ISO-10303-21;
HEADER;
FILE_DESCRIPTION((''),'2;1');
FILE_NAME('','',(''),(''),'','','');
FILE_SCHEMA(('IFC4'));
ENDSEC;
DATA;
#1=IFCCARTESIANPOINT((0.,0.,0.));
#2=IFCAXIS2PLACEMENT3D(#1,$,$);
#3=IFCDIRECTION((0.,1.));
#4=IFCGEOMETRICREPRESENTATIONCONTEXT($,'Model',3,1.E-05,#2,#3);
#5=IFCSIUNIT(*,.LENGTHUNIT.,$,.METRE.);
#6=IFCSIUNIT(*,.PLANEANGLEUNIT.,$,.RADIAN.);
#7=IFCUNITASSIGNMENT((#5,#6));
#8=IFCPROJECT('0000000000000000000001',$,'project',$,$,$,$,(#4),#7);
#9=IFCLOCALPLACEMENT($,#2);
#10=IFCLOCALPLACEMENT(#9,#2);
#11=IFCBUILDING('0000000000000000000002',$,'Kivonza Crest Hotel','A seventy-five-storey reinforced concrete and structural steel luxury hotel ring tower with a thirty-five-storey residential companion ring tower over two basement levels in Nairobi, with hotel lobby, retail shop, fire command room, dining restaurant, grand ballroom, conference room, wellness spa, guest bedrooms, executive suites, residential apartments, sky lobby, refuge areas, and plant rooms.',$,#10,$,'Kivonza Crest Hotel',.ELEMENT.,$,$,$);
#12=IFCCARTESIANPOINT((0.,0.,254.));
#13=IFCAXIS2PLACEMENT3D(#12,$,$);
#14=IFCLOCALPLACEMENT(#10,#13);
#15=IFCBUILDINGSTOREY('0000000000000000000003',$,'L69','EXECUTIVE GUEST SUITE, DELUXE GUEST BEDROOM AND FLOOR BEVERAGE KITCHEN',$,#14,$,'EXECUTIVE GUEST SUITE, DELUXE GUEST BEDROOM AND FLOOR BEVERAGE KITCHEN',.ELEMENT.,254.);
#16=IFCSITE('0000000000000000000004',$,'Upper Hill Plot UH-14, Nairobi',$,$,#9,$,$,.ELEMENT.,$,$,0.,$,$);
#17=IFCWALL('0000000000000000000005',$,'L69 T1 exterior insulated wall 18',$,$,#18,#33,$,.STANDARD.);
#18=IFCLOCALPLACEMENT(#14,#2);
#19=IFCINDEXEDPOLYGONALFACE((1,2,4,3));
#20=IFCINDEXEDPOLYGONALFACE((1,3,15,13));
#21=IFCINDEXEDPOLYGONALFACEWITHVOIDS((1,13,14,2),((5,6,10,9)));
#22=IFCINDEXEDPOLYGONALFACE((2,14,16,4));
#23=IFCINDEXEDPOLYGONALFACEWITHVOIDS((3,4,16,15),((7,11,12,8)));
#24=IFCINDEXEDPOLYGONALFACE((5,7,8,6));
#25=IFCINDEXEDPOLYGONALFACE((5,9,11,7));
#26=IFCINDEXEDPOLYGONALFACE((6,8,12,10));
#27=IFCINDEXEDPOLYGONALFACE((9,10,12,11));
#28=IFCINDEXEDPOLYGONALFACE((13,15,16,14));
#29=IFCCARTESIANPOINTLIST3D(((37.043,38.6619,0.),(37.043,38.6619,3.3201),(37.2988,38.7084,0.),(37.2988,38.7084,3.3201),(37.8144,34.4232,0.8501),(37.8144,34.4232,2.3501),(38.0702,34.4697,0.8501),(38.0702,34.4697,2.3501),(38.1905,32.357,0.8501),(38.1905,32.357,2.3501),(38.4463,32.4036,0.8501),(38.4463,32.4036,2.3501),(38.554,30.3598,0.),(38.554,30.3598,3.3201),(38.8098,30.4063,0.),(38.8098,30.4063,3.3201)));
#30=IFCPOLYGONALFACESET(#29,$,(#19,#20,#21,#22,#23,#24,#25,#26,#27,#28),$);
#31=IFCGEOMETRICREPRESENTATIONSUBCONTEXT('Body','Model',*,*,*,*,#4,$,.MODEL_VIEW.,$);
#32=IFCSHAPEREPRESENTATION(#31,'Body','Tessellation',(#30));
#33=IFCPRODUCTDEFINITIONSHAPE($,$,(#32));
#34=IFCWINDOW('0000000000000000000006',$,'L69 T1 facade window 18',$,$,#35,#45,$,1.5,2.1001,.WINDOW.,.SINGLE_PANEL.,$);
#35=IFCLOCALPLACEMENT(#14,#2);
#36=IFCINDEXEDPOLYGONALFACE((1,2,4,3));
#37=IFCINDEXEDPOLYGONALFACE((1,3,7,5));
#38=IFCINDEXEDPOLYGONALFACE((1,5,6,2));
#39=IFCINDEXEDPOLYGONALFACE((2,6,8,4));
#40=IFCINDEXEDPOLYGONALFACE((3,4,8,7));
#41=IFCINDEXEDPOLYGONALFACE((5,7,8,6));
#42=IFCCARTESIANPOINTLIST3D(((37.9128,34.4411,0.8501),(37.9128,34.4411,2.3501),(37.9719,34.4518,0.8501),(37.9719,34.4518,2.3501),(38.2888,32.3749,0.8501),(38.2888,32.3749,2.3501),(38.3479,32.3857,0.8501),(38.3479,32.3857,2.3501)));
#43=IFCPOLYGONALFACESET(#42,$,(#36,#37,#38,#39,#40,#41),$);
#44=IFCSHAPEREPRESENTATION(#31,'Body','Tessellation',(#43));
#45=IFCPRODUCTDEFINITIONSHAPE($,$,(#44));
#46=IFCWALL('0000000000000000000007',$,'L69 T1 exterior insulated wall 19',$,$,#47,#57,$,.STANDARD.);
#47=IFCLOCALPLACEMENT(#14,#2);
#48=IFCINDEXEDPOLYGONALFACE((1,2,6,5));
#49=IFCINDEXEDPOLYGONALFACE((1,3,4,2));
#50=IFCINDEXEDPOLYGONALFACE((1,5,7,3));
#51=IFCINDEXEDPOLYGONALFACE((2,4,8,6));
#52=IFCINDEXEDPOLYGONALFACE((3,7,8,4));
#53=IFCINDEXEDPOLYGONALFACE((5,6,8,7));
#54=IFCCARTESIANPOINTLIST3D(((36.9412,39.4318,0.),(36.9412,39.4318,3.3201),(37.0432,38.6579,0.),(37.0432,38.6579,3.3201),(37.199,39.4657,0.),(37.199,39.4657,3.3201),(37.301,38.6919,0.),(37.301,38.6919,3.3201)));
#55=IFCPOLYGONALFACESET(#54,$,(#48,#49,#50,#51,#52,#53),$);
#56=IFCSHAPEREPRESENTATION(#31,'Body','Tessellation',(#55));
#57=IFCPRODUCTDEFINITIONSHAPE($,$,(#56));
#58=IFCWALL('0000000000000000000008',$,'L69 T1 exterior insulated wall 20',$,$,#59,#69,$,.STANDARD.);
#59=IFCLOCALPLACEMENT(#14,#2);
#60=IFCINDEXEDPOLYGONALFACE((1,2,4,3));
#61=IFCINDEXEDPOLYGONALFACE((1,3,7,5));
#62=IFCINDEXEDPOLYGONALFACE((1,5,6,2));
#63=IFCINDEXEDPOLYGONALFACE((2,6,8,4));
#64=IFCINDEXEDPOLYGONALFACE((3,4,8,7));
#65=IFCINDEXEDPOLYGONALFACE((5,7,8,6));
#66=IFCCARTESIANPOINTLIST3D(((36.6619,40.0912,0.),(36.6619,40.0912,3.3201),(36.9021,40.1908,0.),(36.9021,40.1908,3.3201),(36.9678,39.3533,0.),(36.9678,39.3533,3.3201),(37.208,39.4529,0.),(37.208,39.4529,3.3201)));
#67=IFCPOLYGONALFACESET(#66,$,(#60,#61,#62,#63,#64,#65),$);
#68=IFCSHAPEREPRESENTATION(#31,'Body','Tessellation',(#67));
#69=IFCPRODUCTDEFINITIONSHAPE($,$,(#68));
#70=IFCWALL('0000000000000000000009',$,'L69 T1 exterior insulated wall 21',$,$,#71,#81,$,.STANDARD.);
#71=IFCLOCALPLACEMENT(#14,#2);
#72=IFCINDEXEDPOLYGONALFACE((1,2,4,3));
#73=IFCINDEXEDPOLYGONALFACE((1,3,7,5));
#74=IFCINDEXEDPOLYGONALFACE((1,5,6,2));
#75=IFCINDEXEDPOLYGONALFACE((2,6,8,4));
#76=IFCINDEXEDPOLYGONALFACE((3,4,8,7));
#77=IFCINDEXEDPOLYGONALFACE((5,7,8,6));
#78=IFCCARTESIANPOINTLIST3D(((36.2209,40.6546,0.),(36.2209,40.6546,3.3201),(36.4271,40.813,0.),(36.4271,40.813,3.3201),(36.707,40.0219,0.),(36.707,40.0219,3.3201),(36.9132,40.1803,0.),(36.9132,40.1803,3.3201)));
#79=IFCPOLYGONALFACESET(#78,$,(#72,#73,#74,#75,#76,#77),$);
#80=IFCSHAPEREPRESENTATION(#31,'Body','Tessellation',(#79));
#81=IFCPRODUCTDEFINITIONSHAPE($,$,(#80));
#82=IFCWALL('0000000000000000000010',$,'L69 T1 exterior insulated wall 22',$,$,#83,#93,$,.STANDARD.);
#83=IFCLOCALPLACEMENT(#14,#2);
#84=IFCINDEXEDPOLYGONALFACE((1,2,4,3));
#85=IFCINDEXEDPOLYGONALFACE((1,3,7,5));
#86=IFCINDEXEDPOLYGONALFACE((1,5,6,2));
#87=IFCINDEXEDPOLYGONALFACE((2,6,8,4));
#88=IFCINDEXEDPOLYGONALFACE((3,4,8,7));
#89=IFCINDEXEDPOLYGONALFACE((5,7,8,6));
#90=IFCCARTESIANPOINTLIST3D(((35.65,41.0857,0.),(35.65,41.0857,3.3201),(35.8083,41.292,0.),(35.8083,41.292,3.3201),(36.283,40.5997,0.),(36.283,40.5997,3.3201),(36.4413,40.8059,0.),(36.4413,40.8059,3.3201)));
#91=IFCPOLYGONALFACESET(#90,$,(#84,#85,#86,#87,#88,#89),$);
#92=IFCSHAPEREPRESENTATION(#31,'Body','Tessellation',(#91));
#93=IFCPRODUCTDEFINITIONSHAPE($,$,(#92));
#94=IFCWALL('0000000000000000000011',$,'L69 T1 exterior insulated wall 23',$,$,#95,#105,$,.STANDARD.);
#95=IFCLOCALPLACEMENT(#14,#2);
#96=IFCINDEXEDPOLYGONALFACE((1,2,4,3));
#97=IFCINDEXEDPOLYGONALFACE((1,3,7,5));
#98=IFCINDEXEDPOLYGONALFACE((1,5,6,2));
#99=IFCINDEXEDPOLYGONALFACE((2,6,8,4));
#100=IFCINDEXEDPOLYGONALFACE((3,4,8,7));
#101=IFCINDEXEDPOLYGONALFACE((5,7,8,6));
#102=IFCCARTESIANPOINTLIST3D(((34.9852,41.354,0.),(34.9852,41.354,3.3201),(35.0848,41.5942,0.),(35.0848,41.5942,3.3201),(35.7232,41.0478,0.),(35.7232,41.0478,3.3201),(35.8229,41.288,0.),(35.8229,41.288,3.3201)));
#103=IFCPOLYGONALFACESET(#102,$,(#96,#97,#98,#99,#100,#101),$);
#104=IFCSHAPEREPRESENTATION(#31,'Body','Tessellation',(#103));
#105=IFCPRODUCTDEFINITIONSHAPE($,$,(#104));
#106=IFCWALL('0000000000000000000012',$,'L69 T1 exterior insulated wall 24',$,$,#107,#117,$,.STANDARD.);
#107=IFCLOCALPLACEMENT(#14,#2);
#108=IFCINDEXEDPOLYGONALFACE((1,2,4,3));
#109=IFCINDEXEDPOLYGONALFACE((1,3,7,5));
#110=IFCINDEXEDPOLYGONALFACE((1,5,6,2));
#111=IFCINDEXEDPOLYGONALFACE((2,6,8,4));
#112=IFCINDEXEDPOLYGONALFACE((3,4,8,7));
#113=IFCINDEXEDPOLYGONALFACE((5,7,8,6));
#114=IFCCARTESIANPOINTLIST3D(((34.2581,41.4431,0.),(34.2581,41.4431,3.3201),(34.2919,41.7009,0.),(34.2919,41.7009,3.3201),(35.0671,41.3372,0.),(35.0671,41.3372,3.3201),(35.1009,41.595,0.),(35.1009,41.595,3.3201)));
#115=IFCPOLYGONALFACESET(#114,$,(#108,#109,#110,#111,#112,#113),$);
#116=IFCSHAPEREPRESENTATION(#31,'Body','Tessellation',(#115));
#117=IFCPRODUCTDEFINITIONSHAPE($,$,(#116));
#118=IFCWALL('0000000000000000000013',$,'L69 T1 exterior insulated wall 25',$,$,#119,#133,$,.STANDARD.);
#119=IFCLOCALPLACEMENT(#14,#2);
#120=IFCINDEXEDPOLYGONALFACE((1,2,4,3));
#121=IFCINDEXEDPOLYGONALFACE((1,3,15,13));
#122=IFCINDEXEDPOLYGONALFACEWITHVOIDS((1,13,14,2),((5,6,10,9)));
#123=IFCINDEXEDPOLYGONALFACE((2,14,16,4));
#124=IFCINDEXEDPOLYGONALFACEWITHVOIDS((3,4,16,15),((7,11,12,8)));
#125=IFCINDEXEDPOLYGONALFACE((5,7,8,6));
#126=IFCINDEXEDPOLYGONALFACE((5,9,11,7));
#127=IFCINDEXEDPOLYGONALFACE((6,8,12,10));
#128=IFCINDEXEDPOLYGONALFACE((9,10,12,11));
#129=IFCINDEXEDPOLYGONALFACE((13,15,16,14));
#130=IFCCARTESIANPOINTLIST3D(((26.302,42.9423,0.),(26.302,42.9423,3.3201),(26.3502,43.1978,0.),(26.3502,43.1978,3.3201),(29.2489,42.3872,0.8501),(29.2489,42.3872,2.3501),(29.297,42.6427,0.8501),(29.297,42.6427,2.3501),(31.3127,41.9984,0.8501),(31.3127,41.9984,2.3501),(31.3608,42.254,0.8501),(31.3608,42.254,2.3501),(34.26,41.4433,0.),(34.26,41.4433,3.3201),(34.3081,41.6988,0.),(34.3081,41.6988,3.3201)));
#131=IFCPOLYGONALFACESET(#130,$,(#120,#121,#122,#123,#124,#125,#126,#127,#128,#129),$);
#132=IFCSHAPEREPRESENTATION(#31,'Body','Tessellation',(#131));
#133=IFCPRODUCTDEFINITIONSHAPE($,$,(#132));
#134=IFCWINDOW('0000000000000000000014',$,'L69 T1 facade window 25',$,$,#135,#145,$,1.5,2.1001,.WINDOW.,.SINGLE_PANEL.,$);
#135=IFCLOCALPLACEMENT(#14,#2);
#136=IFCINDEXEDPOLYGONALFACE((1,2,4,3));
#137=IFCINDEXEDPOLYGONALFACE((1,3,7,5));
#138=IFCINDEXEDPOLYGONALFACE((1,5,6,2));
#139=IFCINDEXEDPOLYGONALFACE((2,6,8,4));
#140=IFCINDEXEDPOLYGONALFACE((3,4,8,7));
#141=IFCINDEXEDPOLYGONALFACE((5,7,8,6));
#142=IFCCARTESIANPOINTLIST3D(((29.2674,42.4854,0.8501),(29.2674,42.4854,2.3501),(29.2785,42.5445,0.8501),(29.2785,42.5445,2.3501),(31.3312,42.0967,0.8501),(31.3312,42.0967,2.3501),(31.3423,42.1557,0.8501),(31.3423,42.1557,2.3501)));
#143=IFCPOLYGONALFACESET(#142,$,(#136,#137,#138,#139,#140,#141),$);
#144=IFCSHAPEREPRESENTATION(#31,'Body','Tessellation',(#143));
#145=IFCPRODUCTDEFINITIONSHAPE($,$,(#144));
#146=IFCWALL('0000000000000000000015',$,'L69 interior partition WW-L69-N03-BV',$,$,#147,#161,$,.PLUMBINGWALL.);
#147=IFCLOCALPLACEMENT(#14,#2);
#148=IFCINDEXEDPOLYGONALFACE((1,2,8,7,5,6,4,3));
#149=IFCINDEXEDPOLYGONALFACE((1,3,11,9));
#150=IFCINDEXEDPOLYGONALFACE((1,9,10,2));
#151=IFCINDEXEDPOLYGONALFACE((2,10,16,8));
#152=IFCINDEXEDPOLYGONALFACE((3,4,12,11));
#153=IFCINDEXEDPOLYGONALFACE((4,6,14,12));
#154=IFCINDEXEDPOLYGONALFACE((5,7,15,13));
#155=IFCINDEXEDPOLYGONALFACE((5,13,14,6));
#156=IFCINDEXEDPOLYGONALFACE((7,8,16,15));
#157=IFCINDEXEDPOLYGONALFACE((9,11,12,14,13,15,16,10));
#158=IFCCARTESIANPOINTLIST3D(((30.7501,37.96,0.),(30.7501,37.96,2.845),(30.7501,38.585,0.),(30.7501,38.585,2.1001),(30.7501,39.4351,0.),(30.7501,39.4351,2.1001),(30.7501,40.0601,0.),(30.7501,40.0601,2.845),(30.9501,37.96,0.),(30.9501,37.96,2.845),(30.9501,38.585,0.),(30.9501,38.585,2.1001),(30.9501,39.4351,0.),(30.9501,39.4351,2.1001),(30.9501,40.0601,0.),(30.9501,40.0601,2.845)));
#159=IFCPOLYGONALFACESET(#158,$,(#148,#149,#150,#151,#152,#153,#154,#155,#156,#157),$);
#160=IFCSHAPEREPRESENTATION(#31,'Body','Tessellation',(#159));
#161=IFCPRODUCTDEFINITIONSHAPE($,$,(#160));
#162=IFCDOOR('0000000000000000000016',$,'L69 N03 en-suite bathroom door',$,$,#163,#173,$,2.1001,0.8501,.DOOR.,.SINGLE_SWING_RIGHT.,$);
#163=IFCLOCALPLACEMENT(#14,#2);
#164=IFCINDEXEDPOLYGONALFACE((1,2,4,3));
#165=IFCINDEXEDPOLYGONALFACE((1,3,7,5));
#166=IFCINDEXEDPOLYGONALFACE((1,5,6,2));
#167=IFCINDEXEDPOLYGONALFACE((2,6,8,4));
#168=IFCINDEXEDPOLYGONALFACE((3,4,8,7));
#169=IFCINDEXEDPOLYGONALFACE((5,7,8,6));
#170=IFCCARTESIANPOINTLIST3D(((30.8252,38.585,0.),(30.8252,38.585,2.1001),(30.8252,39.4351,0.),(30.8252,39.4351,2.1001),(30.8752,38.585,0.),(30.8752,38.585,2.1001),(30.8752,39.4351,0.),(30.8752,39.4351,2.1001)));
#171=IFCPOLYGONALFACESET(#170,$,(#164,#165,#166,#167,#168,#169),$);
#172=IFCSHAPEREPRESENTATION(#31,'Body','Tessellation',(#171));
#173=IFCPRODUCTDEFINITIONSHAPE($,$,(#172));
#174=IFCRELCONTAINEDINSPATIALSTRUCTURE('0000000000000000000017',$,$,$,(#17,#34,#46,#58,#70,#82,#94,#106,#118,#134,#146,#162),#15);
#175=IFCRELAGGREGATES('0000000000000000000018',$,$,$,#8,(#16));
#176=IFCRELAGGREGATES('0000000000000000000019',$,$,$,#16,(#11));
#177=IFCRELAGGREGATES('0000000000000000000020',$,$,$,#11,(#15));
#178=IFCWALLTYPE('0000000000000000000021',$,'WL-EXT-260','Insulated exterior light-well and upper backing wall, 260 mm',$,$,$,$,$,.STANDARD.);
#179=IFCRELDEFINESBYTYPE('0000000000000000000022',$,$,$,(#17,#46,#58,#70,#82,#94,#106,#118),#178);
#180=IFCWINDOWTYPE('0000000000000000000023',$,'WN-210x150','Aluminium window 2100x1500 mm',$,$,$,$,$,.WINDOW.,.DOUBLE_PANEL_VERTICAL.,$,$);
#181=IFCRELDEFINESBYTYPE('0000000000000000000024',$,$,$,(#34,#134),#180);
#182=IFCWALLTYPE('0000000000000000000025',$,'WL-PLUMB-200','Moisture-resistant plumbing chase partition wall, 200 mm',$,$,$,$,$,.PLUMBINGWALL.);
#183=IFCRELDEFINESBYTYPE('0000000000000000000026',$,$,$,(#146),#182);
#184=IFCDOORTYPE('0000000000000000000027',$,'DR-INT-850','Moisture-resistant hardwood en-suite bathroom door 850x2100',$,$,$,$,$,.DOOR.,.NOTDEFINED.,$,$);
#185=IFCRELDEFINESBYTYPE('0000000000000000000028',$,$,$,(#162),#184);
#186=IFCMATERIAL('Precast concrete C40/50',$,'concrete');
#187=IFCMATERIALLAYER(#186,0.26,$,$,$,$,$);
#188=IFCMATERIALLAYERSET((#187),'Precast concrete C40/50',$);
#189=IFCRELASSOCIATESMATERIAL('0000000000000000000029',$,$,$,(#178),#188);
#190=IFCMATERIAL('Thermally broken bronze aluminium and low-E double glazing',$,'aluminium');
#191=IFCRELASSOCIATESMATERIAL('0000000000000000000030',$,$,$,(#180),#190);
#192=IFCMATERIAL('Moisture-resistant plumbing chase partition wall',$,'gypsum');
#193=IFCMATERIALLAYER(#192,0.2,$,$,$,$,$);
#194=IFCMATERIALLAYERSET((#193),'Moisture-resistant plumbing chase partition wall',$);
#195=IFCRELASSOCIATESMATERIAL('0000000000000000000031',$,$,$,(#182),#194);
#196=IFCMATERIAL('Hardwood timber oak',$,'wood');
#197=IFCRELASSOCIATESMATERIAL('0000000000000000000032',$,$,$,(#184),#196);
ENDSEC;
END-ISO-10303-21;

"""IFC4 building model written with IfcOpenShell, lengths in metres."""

from ifc_helpers import new_model, si_unit, direction, frame, frame_2d, origin, place, context, subcontext, project, spatial, rectangle, extrude, material, layer, layer_set, type_object, element, fill, save


model = new_model("IFC4")

# Units and contexts
model_context = context("Model", 3, precision=1e-05, world=origin(), true_north=direction((0.0, 1.0)))
body_context = subcontext(model_context, "Body", "Model", "MODEL_VIEW")
ifc_project = project(units=[si_unit("LENGTHUNIT", "METRE"), si_unit("PLANEANGLEUNIT", "RADIAN")], contexts=[model_context])

# Site, building, storey
site_placement = place(None, origin())
site = spatial("IfcSite", under=ifc_project, at=site_placement, Name="Upper Hill Plot UH-14, Nairobi", CompositionType="ELEMENT", RefElevation=0.0)
building_placement = place(site_placement, origin())
building = spatial("IfcBuilding", under=site, at=building_placement, Name="Kivonza Crest Hotel", Description="A seventy-five-storey reinforced concrete and structural steel luxury hotel ring tower with a thirty-five-storey residential companion ring tower over two basement levels in Nairobi, with hotel lobby, retail shop, fire command room, dining restaurant, grand ballroom, conference room, wellness spa, guest bedrooms, executive suites, residential apartments, sky lobby, refuge areas, and plant rooms.", LongName="Kivonza Crest Hotel", CompositionType="ELEMENT")
storey_placement = place(building_placement, frame((0.0, 0.0, 254.0)))
storey = spatial("IfcBuildingStorey", under=building, at=storey_placement, Name="L69", Description="EXECUTIVE GUEST SUITE, DELUXE GUEST BEDROOM AND FLOOR BEVERAGE KITCHEN", LongName="EXECUTIVE GUEST SUITE, DELUXE GUEST BEDROOM AND FLOOR BEVERAGE KITCHEN", CompositionType="ELEMENT", Elevation=254.0)

# Shared definitions
ifc_material_1 = material(Name="Hardwood timber oak", Category="wood")

# Wall, opening, window
ifc_material_2 = material(Name="Precast concrete C40/50", Category="concrete")
ifc_layer_1 = layer(ifc_material_2, 0.26)
ifc_layer_set_1 = layer_set([ifc_layer_1], Name="Precast concrete C40/50")
wall_type_1 = type_object("IfcWallType", Name="WL-EXT-260", Description="Insulated exterior light-well and upper backing wall, 260 mm", PredefinedType="STANDARD", material=ifc_layer_set_1)
wall_1_placement = place(storey_placement, frame((38.6819, 30.3831, 0.0), z_axis=(0.0, 0.0, 1.0), x_axis=(-0.179061, 0.983838, 0.0)))
wall_1 = element("IfcWall", 1, at=wall_1_placement, inside=storey, type_object=wall_type_1, Name="L69 T1 exterior insulated wall 18", PredefinedType="STANDARD", context=body_context, shape_type="SweptSolid", body=[
    extrude(rectangle(XDim=8.4385, YDim=0.26, at=frame_2d((4.2192, 0.0))), origin(), (0.0, 0.0, 1.0), 3.3201),
])
opening_1_placement = place(wall_1_placement, frame((2.03, 0.0, 0.8501)))
opening_1 = element("IfcOpeningElement", 2, at=opening_1_placement, cuts=wall_1, PredefinedType="OPENING", context=body_context, shape_type="SweptSolid", body=[
    extrude(rectangle(XDim=2.1001, YDim=1.5, at=frame_2d((1.05, 0.75))), frame((0.0, 0.1401, 0.0), z_axis=(0.0, -1.0, 0.0), x_axis=(1.0, 0.0, 0.0)), (0.0, 0.0, 1.0), 0.28),
])
ifc_material_3 = material(Name="Thermally broken bronze aluminium and low-E double glazing", Category="aluminium")
window_type = type_object("IfcWindowType", Name="WN-210x150", Description="Aluminium window 2100x1500 mm", PartitioningType="DOUBLE_PANEL_VERTICAL", PredefinedType="WINDOW", material=ifc_material_3)
window_1_placement = place(opening_1_placement, origin())
window_1 = element("IfcWindow", 3, at=window_1_placement, inside=storey, type_object=window_type, Name="L69 T1 facade window 18", OverallHeight=1.5, OverallWidth=2.1001, PartitioningType="SINGLE_PANEL", PredefinedType="WINDOW", context=body_context, shape_type="SweptSolid", body=[
    extrude(rectangle(XDim=2.1001, YDim=1.5, at=frame_2d((1.05, 0.75))), frame((0.0, 0.03, 0.0), z_axis=(0.0, -1.0, 0.0), x_axis=(1.0, 0.0, 0.0)), (0.0, 0.0, 1.0), 0.0601),
])
fill(opening_1, window_1)

# Walls
wall_2_placement = place(storey_placement, frame((37.1721, 38.675, 0.0), z_axis=(0.0, 0.0, 1.0), x_axis=(-0.13073, 0.991418, 0.0)))
element("IfcWall", 4, at=wall_2_placement, inside=storey, type_object=wall_type_1, Name="L69 T1 exterior insulated wall 19", PredefinedType="STANDARD", context=body_context, shape_type="SweptSolid", body=[
    extrude(rectangle(XDim=0.7805, YDim=0.26, at=frame_2d((0.3901, 0.0))), origin(), (0.0, 0.0, 1.0), 3.3201),
])
wall_3_placement = place(storey_placement, frame((37.0879, 39.4031, 0.0), z_axis=(0.0, 0.0, 1.0), x_axis=(-0.382901, 0.92379, 0.0)))
element("IfcWall", 5, at=wall_3_placement, inside=storey, type_object=wall_type_1, Name="L69 T1 exterior insulated wall 20", PredefinedType="STANDARD", context=body_context, shape_type="SweptSolid", body=[
    extrude(rectangle(XDim=0.7988, YDim=0.26, at=frame_2d((0.3994, 0.0))), origin(), (0.0, 0.0, 1.0), 3.3201),
])
wall_4_placement = place(storey_placement, frame((36.8101, 40.1011, 0.0), z_axis=(0.0, 0.0, 1.0), x_axis=(-0.609164, 0.793045, 0.0)))
element("IfcWall", 6, at=wall_4_placement, inside=storey, type_object=wall_type_1, Name="L69 T1 exterior insulated wall 21", PredefinedType="STANDARD", context=body_context, shape_type="SweptSolid", body=[
    extrude(rectangle(XDim=0.7979, YDim=0.26, at=frame_2d((0.3989, 0.0))), origin(), (0.0, 0.0, 1.0), 3.3201),
])
wall_5_placement = place(storey_placement, frame((36.3621, 40.7029, 0.0), z_axis=(0.0, 0.0, 1.0), x_axis=(-0.793158, 0.609016, 0.0)))
element("IfcWall", 7, at=wall_5_placement, inside=storey, type_object=wall_type_1, Name="L69 T1 exterior insulated wall 22", PredefinedType="STANDARD", context=body_context, shape_type="SweptSolid", body=[
    extrude(rectangle(XDim=0.7981, YDim=0.26, at=frame_2d((0.3989, 0.0))), origin(), (0.0, 0.0, 1.0), 3.3201),
])
wall_6_placement = place(storey_placement, frame((35.7729, 41.168, 0.0), z_axis=(0.0, 0.0, 1.0), x_axis=(-0.923681, 0.383161, 0.0)))
element("IfcWall", 8, at=wall_6_placement, inside=storey, type_object=wall_type_1, Name="L69 T1 exterior insulated wall 23", PredefinedType="STANDARD", context=body_context, shape_type="SweptSolid", body=[
    extrude(rectangle(XDim=0.7991, YDim=0.26, at=frame_2d((0.3994, 0.0))), origin(), (0.0, 0.0, 1.0), 3.3201),
])
wall_7_placement = place(storey_placement, frame((35.084, 41.4661, 0.0), z_axis=(0.0, 0.0, 1.0), x_axis=(-0.991534, 0.129851, 0.0)))
element("IfcWall", 9, at=wall_7_placement, inside=storey, type_object=wall_type_1, Name="L69 T1 exterior insulated wall 24", PredefinedType="STANDARD", context=body_context, shape_type="SweptSolid", body=[
    extrude(rectangle(XDim=0.8159, YDim=0.26, at=frame_2d((0.408, 0.0))), origin(), (0.0, 0.0, 1.0), 3.3201),
])

# Wall, opening, window
wall_8_placement = place(storey_placement, frame((34.2839, 41.571, 0.0), z_axis=(0.0, 0.0, 1.0), x_axis=(-0.982718, 0.185111, 0.0)))
wall_8 = element("IfcWall", 10, at=wall_8_placement, inside=storey, type_object=wall_type_1, Name="L69 T1 exterior insulated wall 25", PredefinedType="STANDARD", context=body_context, shape_type="SweptSolid", body=[
    extrude(rectangle(XDim=8.0979, YDim=0.26, at=frame_2d((4.0488, 0.0))), origin(), (0.0, 0.0, 1.0), 3.3201),
])
opening_2_placement = place(wall_8_placement, frame((2.999, 0.0, 0.8501)))
opening_2 = element("IfcOpeningElement", 11, at=opening_2_placement, cuts=wall_8, PredefinedType="OPENING", context=body_context, shape_type="SweptSolid", body=[
    extrude(rectangle(XDim=2.1001, YDim=1.5, at=frame_2d((1.05, 0.75))), frame((0.0, 0.1401, 0.0), z_axis=(0.0, -1.0, 0.0), x_axis=(1.0, 0.0, 0.0)), (0.0, 0.0, 1.0), 0.28),
])
window_2_placement = place(opening_2_placement, origin())
window_2 = element("IfcWindow", 12, at=window_2_placement, inside=storey, type_object=window_type, Name="L69 T1 facade window 25", OverallHeight=1.5, OverallWidth=2.1001, PartitioningType="SINGLE_PANEL", PredefinedType="WINDOW", context=body_context, shape_type="SweptSolid", body=[
    extrude(rectangle(XDim=2.1001, YDim=1.5, at=frame_2d((1.05, 0.75))), frame((0.0, 0.03, 0.0), z_axis=(0.0, -1.0, 0.0), x_axis=(1.0, 0.0, 0.0)), (0.0, 0.0, 1.0), 0.0601),
])
fill(opening_2, window_2)

# Wall, opening, door
ifc_material_4 = material(Name="Moisture-resistant plumbing chase partition wall", Category="gypsum")
ifc_layer_2 = layer(ifc_material_4, 0.2)
ifc_layer_set_2 = layer_set([ifc_layer_2], Name="Moisture-resistant plumbing chase partition wall")
wall_type_2 = type_object("IfcWallType", Name="WL-PLUMB-200", Description="Moisture-resistant plumbing chase partition wall, 200 mm", PredefinedType="PLUMBINGWALL", material=ifc_layer_set_2)
wall_9_placement = place(storey_placement, frame((30.8501, 37.96, 0.0), z_axis=(0.0, 0.0, 1.0), x_axis=(0.0, 1.0, 0.0)))
wall_9 = element("IfcWall", 13, at=wall_9_placement, inside=storey, type_object=wall_type_2, Name="L69 interior partition WW-L69-N03-BV", PredefinedType="PLUMBINGWALL", context=body_context, shape_type="SweptSolid", body=[
    extrude(rectangle(XDim=2.1001, YDim=0.2, at=frame_2d((1.05, 0.0))), origin(), (0.0, 0.0, 1.0), 2.845),
])
opening_3_placement = place(wall_9_placement, frame((0.625, 0.0, 0.0)))
opening_3 = element("IfcOpeningElement", 14, at=opening_3_placement, cuts=wall_9, PredefinedType="OPENING", context=body_context, shape_type="SweptSolid", body=[
    extrude(rectangle(XDim=0.8501, YDim=2.1001, at=frame_2d((0.425, 1.05))), frame((0.0, 0.1099, 0.0), z_axis=(0.0, -1.0, 0.0), x_axis=(1.0, 0.0, 0.0)), (0.0, 0.0, 1.0), 0.22),
])
door_type_1 = type_object("IfcDoorType", Name="DR-INT-850", Description="Moisture-resistant hardwood en-suite bathroom door 850x2100", OperationType="NOTDEFINED", PredefinedType="DOOR", material=ifc_material_1)
door_1_placement = place(opening_3_placement, origin())
door_1 = element("IfcDoor", 15, at=door_1_placement, inside=storey, type_object=door_type_1, Name="L69 N03 en-suite bathroom door", OperationType="SINGLE_SWING_RIGHT", OverallHeight=2.1001, OverallWidth=0.8501, PredefinedType="DOOR", context=body_context, shape_type="SweptSolid", body=[
    extrude(rectangle(XDim=0.8501, YDim=2.1001, at=frame_2d((0.425, 1.05))), frame((0.0, 0.0249, 0.0), z_axis=(0.0, -1.0, 0.0), x_axis=(1.0, 0.0, 0.0)), (0.0, 0.0, 1.0), 0.05),
])
fill(opening_3, door_1)

save(model, "model.ifc")
